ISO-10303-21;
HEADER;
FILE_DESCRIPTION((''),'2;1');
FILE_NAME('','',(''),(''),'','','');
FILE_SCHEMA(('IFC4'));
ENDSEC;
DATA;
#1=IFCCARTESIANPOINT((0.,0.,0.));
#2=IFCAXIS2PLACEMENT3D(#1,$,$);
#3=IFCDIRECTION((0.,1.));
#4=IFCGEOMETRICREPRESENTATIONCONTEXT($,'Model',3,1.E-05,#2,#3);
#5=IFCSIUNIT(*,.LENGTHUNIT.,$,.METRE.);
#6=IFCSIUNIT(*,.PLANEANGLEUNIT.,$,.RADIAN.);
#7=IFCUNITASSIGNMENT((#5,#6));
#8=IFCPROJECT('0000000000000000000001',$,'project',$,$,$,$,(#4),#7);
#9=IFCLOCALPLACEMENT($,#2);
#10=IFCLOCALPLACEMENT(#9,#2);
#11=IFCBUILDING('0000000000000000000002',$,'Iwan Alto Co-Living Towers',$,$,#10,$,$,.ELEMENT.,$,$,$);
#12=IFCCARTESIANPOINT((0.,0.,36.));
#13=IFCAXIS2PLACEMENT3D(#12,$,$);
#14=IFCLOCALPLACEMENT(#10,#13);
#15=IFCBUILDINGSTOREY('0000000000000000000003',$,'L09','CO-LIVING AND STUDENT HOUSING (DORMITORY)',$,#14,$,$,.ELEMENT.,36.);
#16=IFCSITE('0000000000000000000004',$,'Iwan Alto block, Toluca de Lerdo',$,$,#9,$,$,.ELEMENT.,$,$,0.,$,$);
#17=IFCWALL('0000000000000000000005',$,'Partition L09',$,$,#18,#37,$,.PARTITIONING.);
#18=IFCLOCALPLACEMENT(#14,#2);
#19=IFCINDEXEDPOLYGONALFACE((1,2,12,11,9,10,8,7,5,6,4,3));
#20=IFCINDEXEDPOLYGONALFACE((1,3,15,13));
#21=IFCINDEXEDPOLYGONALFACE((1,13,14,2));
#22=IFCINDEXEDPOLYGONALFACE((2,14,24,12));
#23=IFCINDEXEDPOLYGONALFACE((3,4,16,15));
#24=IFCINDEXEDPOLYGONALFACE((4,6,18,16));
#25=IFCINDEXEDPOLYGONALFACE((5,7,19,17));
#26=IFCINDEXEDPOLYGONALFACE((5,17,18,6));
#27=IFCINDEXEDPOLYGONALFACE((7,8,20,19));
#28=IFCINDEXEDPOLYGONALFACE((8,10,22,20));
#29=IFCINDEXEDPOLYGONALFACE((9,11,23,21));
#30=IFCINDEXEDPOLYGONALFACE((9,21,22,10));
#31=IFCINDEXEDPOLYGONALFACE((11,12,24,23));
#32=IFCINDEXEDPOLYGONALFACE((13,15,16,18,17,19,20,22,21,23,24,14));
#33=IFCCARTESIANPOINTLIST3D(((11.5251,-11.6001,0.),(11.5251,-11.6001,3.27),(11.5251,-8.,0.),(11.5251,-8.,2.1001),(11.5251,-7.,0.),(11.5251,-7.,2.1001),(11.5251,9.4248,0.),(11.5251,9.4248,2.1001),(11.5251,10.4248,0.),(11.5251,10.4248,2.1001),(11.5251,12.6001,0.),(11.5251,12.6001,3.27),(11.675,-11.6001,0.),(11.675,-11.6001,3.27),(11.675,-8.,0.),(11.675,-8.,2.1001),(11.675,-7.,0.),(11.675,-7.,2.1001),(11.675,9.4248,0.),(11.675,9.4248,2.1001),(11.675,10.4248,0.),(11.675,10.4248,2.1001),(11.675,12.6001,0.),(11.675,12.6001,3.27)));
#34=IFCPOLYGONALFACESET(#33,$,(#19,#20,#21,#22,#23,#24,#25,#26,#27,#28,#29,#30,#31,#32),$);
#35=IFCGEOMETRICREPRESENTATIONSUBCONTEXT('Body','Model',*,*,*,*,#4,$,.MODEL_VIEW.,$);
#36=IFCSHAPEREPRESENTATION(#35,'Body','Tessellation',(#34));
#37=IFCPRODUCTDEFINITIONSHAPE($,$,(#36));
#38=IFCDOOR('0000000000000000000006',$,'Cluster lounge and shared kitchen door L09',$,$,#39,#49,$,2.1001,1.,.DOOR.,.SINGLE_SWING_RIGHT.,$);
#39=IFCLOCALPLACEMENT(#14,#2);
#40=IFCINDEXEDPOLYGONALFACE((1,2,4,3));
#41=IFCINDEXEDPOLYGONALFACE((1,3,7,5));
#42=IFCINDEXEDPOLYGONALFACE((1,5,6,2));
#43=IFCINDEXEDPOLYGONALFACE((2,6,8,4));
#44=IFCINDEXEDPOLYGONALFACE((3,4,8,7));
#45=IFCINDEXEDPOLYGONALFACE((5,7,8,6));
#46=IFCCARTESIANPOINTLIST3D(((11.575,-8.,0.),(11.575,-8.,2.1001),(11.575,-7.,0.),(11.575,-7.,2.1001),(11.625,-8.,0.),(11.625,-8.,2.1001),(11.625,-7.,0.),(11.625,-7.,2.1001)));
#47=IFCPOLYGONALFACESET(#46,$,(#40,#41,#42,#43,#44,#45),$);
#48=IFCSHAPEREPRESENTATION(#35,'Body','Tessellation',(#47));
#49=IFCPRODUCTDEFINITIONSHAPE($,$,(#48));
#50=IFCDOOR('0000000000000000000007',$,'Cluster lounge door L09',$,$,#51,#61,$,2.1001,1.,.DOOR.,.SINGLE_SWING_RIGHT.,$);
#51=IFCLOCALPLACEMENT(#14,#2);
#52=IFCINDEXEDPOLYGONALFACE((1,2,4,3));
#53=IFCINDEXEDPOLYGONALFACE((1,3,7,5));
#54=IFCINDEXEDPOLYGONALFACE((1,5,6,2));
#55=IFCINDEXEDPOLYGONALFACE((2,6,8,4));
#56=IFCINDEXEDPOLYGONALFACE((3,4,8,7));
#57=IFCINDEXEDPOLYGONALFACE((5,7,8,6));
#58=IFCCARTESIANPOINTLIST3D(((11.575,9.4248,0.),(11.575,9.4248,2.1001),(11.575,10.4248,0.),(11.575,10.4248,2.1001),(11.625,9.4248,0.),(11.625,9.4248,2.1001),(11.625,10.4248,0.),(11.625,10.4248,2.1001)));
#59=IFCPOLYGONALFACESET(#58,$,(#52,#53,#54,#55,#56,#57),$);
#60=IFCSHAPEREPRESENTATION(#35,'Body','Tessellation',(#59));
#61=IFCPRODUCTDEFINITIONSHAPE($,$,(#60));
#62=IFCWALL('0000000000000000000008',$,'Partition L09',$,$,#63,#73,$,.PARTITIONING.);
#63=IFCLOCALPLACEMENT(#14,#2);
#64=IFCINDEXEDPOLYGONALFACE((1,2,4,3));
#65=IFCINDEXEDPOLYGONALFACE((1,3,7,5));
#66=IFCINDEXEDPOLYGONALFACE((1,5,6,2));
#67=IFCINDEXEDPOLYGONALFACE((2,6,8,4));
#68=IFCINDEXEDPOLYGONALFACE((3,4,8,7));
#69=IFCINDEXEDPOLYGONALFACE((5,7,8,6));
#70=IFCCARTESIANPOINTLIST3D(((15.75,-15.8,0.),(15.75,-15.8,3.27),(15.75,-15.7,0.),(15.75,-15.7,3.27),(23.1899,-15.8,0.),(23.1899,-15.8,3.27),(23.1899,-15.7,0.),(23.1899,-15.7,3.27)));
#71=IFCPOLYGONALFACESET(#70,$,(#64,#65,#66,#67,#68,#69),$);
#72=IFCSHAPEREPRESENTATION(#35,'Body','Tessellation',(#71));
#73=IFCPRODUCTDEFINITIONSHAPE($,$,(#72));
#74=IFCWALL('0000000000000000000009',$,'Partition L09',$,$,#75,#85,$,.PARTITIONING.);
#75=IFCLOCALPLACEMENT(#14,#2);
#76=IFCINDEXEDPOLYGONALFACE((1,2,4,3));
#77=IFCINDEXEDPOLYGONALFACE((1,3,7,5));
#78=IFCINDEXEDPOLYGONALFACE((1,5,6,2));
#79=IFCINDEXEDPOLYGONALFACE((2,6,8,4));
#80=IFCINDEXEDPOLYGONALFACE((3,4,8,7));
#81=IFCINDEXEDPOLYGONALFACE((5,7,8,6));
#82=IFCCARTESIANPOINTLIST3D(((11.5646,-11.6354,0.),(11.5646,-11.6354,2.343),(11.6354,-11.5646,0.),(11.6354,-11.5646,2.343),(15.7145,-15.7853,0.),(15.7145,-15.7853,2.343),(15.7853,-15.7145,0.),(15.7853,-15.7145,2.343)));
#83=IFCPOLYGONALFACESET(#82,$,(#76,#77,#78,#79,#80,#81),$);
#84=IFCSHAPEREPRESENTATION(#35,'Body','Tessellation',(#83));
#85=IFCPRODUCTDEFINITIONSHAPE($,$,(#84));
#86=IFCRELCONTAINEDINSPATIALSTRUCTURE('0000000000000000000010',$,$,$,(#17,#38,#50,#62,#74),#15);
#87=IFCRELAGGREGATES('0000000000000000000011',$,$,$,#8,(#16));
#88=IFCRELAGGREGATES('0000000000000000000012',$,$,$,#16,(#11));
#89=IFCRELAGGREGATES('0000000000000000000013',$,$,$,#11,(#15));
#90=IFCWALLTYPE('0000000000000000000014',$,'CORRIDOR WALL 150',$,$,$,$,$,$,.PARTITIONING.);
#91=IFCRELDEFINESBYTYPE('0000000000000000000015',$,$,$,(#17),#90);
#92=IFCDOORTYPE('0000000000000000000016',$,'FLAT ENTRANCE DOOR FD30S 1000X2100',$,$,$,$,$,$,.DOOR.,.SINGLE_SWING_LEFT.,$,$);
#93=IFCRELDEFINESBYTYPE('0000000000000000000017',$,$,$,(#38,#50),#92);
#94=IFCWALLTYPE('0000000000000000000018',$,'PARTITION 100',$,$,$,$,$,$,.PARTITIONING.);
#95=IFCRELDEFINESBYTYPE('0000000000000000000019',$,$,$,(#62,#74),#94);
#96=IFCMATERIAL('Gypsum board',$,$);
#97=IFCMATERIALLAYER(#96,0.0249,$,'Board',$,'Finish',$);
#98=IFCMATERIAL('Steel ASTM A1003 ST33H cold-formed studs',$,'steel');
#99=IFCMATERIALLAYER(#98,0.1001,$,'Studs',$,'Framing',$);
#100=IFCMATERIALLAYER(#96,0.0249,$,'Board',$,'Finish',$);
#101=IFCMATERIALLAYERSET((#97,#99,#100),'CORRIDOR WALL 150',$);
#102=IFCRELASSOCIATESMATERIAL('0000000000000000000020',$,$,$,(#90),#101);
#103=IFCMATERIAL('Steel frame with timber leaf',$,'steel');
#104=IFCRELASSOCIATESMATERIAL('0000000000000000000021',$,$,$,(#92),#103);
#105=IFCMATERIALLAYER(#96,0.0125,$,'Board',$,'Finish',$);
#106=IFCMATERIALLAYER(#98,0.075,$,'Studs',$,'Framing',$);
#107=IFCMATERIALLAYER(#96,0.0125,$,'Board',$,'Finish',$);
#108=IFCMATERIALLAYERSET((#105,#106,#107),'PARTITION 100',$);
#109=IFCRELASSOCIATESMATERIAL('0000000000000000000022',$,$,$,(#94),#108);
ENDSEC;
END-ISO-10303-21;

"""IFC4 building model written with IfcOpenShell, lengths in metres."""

from ifc_helpers import new_model, si_unit, direction, frame, frame_2d, origin, place, context, subcontext, project, spatial, rectangle, extrude, material, layer, layer_set, type_object, element, fill, save


model = new_model("IFC4")

# Units and contexts
model_context = context("Model", 3, precision=1e-05, world=origin(), true_north=direction((0.0, 1.0)))
body_context = subcontext(model_context, "Body", "Model", "MODEL_VIEW")
ifc_project = project(units=[si_unit("LENGTHUNIT", "METRE"), si_unit("PLANEANGLEUNIT", "RADIAN")], contexts=[model_context])

# Site, building, storey
site_placement = place(None, origin())
site = spatial("IfcSite", under=ifc_project, at=site_placement, Name="Iwan Alto block, Toluca de Lerdo", CompositionType="ELEMENT", RefElevation=0.0)
building_placement = place(site_placement, origin())
building = spatial("IfcBuilding", under=site, at=building_placement, Name="Iwan Alto Co-Living Towers", CompositionType="ELEMENT")
storey_placement = place(building_placement, frame((0.0, 0.0, 36.0)))
storey = spatial("IfcBuildingStorey", under=building, at=storey_placement, Name="L09", Description="CO-LIVING AND STUDENT HOUSING (DORMITORY)", CompositionType="ELEMENT", Elevation=36.0)

# Wall, openings, doors
ifc_material_1 = material(Name="Gypsum board")
ifc_layer_1 = layer(ifc_material_1, 0.0249, Name="Board", Category="Finish")
ifc_material_2 = material(Name="Steel ASTM A1003 ST33H cold-formed studs", Category="steel")
ifc_layer_2 = layer(ifc_material_2, 0.1001, Name="Studs", Category="Framing")
ifc_layer_3 = layer(ifc_material_1, 0.0249, Name="Board", Category="Finish")
ifc_layer_set_1 = layer_set([ifc_layer_1, ifc_layer_2, ifc_layer_3], Name="CORRIDOR WALL 150")
wall_type_1 = type_object("IfcWallType", Name="CORRIDOR WALL 150", PredefinedType="PARTITIONING", material=ifc_layer_set_1)
wall_1_placement = place(storey_placement, frame((11.6001, -11.6001, 0.0), z_axis=(0.0, 0.0, 1.0), x_axis=(0.0, 1.0, 0.0)))
wall_1 = element("IfcWall", 1, at=wall_1_placement, inside=storey, type_object=wall_type_1, Name="Partition L09", PredefinedType="PARTITIONING", context=body_context, shape_type="SweptSolid", body=[
    extrude(rectangle(XDim=24.2002, YDim=0.1499, at=frame_2d((12.1001, 0.0))), origin(), (0.0, 0.0, 1.0), 3.27),
])
opening_1_placement = place(wall_1_placement, frame((3.6001, 0.0, 0.0)))
opening_1 = element("IfcOpeningElement", 2, at=opening_1_placement, cuts=wall_1, PredefinedType="OPENING", context=body_context, shape_type="SweptSolid", body=[
    extrude(rectangle(XDim=1.0, YDim=2.1001, at=frame_2d((0.5, 1.05))), frame((0.0, 0.085, 0.0), z_axis=(0.0, -1.0, 0.0), x_axis=(1.0, 0.0, 0.0)), (0.0, 0.0, 1.0), 0.1699),
])
opening_2_placement = place(wall_1_placement, frame((21.0249, 0.0, 0.0)))
opening_2 = element("IfcOpeningElement", 3, at=opening_2_placement, cuts=wall_1, PredefinedType="OPENING", context=body_context, shape_type="SweptSolid", body=[
    extrude(rectangle(XDim=1.0, YDim=2.1001, at=frame_2d((0.5, 1.05))), frame((0.0, 0.085, 0.0), z_axis=(0.0, -1.0, 0.0), x_axis=(1.0, 0.0, 0.0)), (0.0, 0.0, 1.0), 0.1699),
])
ifc_material_3 = material(Name="Steel frame with timber leaf", Category="steel")
door_type = type_object("IfcDoorType", Name="FLAT ENTRANCE DOOR FD30S 1000X2100", OperationType="SINGLE_SWING_LEFT", PredefinedType="DOOR", material=ifc_material_3)
door_1_placement = place(opening_1_placement, frame((1.0, 0.0, 0.0), z_axis=(0.0, 0.0, 1.0), x_axis=(-1.0, 0.0, 0.0)))
door_1 = element("IfcDoor", 4, at=door_1_placement, inside=storey, type_object=door_type, Name="Cluster lounge and shared kitchen door L09", OperationType="SINGLE_SWING_RIGHT", OverallHeight=2.1001, OverallWidth=1.0, PredefinedType="DOOR", context=body_context, shape_type="SweptSolid", body=[
    extrude(rectangle(XDim=1.0, YDim=2.1001, at=frame_2d((0.5, 1.05))), frame((0.0, 0.0249, 0.0), z_axis=(0.0, -1.0, 0.0), x_axis=(1.0, 0.0, 0.0)), (0.0, 0.0, 1.0), 0.05),
])
fill(opening_1, door_1)
door_2_placement = place(opening_2_placement, frame((1.0, 0.0, 0.0), z_axis=(0.0, 0.0, 1.0), x_axis=(-1.0, 0.0, 0.0)))
door_2 = element("IfcDoor", 5, at=door_2_placement, inside=storey, type_object=door_type, Name="Cluster lounge door L09", OperationType="SINGLE_SWING_RIGHT", OverallHeight=2.1001, OverallWidth=1.0, PredefinedType="DOOR", context=body_context, shape_type="SweptSolid", body=[
    extrude(rectangle(XDim=1.0, YDim=2.1001, at=frame_2d((0.5, 1.05))), frame((0.0, 0.0249, 0.0), z_axis=(0.0, -1.0, 0.0), x_axis=(1.0, 0.0, 0.0)), (0.0, 0.0, 1.0), 0.05),
])
fill(opening_2, door_2)

# Walls
ifc_layer_4 = layer(ifc_material_1, 0.0125, Name="Board", Category="Finish")
ifc_layer_5 = layer(ifc_material_2, 0.075, Name="Studs", Category="Framing")
ifc_layer_6 = layer(ifc_material_1, 0.0125, Name="Board", Category="Finish")
ifc_layer_set_2 = layer_set([ifc_layer_4, ifc_layer_5, ifc_layer_6], Name="PARTITION 100")
wall_type_2 = type_object("IfcWallType", Name="PARTITION 100", PredefinedType="PARTITIONING", material=ifc_layer_set_2)
wall_2_placement = place(storey_placement, frame((15.75, -15.75, 0.0), z_axis=(0.0, 0.0, 1.0), x_axis=(1.0, 0.0, 0.0)))
element("IfcWall", 6, at=wall_2_placement, inside=storey, type_object=wall_type_2, Name="Partition L09", PredefinedType="PARTITIONING", context=body_context, shape_type="SweptSolid", body=[
    extrude(rectangle(XDim=7.4399, YDim=0.1001, at=frame_2d((3.72, 0.0))), origin(), (0.0, 0.0, 1.0), 3.27),
])
wall_3_placement = place(storey_placement, frame((15.75, -15.75, 0.0), z_axis=(0.0, 0.0, 1.0), x_axis=(-0.707107, 0.707107, 0.0)))
element("IfcWall", 7, at=wall_3_placement, inside=storey, type_object=wall_type_2, Name="Partition L09", PredefinedType="PARTITIONING", context=body_context, shape_type="SweptSolid", body=[
    extrude(rectangle(XDim=5.8689, YDim=0.1001, at=frame_2d((2.9346, 0.0))), origin(), (0.0, 0.0, 1.0), 2.343),
])

save(model, "model.ifc")
